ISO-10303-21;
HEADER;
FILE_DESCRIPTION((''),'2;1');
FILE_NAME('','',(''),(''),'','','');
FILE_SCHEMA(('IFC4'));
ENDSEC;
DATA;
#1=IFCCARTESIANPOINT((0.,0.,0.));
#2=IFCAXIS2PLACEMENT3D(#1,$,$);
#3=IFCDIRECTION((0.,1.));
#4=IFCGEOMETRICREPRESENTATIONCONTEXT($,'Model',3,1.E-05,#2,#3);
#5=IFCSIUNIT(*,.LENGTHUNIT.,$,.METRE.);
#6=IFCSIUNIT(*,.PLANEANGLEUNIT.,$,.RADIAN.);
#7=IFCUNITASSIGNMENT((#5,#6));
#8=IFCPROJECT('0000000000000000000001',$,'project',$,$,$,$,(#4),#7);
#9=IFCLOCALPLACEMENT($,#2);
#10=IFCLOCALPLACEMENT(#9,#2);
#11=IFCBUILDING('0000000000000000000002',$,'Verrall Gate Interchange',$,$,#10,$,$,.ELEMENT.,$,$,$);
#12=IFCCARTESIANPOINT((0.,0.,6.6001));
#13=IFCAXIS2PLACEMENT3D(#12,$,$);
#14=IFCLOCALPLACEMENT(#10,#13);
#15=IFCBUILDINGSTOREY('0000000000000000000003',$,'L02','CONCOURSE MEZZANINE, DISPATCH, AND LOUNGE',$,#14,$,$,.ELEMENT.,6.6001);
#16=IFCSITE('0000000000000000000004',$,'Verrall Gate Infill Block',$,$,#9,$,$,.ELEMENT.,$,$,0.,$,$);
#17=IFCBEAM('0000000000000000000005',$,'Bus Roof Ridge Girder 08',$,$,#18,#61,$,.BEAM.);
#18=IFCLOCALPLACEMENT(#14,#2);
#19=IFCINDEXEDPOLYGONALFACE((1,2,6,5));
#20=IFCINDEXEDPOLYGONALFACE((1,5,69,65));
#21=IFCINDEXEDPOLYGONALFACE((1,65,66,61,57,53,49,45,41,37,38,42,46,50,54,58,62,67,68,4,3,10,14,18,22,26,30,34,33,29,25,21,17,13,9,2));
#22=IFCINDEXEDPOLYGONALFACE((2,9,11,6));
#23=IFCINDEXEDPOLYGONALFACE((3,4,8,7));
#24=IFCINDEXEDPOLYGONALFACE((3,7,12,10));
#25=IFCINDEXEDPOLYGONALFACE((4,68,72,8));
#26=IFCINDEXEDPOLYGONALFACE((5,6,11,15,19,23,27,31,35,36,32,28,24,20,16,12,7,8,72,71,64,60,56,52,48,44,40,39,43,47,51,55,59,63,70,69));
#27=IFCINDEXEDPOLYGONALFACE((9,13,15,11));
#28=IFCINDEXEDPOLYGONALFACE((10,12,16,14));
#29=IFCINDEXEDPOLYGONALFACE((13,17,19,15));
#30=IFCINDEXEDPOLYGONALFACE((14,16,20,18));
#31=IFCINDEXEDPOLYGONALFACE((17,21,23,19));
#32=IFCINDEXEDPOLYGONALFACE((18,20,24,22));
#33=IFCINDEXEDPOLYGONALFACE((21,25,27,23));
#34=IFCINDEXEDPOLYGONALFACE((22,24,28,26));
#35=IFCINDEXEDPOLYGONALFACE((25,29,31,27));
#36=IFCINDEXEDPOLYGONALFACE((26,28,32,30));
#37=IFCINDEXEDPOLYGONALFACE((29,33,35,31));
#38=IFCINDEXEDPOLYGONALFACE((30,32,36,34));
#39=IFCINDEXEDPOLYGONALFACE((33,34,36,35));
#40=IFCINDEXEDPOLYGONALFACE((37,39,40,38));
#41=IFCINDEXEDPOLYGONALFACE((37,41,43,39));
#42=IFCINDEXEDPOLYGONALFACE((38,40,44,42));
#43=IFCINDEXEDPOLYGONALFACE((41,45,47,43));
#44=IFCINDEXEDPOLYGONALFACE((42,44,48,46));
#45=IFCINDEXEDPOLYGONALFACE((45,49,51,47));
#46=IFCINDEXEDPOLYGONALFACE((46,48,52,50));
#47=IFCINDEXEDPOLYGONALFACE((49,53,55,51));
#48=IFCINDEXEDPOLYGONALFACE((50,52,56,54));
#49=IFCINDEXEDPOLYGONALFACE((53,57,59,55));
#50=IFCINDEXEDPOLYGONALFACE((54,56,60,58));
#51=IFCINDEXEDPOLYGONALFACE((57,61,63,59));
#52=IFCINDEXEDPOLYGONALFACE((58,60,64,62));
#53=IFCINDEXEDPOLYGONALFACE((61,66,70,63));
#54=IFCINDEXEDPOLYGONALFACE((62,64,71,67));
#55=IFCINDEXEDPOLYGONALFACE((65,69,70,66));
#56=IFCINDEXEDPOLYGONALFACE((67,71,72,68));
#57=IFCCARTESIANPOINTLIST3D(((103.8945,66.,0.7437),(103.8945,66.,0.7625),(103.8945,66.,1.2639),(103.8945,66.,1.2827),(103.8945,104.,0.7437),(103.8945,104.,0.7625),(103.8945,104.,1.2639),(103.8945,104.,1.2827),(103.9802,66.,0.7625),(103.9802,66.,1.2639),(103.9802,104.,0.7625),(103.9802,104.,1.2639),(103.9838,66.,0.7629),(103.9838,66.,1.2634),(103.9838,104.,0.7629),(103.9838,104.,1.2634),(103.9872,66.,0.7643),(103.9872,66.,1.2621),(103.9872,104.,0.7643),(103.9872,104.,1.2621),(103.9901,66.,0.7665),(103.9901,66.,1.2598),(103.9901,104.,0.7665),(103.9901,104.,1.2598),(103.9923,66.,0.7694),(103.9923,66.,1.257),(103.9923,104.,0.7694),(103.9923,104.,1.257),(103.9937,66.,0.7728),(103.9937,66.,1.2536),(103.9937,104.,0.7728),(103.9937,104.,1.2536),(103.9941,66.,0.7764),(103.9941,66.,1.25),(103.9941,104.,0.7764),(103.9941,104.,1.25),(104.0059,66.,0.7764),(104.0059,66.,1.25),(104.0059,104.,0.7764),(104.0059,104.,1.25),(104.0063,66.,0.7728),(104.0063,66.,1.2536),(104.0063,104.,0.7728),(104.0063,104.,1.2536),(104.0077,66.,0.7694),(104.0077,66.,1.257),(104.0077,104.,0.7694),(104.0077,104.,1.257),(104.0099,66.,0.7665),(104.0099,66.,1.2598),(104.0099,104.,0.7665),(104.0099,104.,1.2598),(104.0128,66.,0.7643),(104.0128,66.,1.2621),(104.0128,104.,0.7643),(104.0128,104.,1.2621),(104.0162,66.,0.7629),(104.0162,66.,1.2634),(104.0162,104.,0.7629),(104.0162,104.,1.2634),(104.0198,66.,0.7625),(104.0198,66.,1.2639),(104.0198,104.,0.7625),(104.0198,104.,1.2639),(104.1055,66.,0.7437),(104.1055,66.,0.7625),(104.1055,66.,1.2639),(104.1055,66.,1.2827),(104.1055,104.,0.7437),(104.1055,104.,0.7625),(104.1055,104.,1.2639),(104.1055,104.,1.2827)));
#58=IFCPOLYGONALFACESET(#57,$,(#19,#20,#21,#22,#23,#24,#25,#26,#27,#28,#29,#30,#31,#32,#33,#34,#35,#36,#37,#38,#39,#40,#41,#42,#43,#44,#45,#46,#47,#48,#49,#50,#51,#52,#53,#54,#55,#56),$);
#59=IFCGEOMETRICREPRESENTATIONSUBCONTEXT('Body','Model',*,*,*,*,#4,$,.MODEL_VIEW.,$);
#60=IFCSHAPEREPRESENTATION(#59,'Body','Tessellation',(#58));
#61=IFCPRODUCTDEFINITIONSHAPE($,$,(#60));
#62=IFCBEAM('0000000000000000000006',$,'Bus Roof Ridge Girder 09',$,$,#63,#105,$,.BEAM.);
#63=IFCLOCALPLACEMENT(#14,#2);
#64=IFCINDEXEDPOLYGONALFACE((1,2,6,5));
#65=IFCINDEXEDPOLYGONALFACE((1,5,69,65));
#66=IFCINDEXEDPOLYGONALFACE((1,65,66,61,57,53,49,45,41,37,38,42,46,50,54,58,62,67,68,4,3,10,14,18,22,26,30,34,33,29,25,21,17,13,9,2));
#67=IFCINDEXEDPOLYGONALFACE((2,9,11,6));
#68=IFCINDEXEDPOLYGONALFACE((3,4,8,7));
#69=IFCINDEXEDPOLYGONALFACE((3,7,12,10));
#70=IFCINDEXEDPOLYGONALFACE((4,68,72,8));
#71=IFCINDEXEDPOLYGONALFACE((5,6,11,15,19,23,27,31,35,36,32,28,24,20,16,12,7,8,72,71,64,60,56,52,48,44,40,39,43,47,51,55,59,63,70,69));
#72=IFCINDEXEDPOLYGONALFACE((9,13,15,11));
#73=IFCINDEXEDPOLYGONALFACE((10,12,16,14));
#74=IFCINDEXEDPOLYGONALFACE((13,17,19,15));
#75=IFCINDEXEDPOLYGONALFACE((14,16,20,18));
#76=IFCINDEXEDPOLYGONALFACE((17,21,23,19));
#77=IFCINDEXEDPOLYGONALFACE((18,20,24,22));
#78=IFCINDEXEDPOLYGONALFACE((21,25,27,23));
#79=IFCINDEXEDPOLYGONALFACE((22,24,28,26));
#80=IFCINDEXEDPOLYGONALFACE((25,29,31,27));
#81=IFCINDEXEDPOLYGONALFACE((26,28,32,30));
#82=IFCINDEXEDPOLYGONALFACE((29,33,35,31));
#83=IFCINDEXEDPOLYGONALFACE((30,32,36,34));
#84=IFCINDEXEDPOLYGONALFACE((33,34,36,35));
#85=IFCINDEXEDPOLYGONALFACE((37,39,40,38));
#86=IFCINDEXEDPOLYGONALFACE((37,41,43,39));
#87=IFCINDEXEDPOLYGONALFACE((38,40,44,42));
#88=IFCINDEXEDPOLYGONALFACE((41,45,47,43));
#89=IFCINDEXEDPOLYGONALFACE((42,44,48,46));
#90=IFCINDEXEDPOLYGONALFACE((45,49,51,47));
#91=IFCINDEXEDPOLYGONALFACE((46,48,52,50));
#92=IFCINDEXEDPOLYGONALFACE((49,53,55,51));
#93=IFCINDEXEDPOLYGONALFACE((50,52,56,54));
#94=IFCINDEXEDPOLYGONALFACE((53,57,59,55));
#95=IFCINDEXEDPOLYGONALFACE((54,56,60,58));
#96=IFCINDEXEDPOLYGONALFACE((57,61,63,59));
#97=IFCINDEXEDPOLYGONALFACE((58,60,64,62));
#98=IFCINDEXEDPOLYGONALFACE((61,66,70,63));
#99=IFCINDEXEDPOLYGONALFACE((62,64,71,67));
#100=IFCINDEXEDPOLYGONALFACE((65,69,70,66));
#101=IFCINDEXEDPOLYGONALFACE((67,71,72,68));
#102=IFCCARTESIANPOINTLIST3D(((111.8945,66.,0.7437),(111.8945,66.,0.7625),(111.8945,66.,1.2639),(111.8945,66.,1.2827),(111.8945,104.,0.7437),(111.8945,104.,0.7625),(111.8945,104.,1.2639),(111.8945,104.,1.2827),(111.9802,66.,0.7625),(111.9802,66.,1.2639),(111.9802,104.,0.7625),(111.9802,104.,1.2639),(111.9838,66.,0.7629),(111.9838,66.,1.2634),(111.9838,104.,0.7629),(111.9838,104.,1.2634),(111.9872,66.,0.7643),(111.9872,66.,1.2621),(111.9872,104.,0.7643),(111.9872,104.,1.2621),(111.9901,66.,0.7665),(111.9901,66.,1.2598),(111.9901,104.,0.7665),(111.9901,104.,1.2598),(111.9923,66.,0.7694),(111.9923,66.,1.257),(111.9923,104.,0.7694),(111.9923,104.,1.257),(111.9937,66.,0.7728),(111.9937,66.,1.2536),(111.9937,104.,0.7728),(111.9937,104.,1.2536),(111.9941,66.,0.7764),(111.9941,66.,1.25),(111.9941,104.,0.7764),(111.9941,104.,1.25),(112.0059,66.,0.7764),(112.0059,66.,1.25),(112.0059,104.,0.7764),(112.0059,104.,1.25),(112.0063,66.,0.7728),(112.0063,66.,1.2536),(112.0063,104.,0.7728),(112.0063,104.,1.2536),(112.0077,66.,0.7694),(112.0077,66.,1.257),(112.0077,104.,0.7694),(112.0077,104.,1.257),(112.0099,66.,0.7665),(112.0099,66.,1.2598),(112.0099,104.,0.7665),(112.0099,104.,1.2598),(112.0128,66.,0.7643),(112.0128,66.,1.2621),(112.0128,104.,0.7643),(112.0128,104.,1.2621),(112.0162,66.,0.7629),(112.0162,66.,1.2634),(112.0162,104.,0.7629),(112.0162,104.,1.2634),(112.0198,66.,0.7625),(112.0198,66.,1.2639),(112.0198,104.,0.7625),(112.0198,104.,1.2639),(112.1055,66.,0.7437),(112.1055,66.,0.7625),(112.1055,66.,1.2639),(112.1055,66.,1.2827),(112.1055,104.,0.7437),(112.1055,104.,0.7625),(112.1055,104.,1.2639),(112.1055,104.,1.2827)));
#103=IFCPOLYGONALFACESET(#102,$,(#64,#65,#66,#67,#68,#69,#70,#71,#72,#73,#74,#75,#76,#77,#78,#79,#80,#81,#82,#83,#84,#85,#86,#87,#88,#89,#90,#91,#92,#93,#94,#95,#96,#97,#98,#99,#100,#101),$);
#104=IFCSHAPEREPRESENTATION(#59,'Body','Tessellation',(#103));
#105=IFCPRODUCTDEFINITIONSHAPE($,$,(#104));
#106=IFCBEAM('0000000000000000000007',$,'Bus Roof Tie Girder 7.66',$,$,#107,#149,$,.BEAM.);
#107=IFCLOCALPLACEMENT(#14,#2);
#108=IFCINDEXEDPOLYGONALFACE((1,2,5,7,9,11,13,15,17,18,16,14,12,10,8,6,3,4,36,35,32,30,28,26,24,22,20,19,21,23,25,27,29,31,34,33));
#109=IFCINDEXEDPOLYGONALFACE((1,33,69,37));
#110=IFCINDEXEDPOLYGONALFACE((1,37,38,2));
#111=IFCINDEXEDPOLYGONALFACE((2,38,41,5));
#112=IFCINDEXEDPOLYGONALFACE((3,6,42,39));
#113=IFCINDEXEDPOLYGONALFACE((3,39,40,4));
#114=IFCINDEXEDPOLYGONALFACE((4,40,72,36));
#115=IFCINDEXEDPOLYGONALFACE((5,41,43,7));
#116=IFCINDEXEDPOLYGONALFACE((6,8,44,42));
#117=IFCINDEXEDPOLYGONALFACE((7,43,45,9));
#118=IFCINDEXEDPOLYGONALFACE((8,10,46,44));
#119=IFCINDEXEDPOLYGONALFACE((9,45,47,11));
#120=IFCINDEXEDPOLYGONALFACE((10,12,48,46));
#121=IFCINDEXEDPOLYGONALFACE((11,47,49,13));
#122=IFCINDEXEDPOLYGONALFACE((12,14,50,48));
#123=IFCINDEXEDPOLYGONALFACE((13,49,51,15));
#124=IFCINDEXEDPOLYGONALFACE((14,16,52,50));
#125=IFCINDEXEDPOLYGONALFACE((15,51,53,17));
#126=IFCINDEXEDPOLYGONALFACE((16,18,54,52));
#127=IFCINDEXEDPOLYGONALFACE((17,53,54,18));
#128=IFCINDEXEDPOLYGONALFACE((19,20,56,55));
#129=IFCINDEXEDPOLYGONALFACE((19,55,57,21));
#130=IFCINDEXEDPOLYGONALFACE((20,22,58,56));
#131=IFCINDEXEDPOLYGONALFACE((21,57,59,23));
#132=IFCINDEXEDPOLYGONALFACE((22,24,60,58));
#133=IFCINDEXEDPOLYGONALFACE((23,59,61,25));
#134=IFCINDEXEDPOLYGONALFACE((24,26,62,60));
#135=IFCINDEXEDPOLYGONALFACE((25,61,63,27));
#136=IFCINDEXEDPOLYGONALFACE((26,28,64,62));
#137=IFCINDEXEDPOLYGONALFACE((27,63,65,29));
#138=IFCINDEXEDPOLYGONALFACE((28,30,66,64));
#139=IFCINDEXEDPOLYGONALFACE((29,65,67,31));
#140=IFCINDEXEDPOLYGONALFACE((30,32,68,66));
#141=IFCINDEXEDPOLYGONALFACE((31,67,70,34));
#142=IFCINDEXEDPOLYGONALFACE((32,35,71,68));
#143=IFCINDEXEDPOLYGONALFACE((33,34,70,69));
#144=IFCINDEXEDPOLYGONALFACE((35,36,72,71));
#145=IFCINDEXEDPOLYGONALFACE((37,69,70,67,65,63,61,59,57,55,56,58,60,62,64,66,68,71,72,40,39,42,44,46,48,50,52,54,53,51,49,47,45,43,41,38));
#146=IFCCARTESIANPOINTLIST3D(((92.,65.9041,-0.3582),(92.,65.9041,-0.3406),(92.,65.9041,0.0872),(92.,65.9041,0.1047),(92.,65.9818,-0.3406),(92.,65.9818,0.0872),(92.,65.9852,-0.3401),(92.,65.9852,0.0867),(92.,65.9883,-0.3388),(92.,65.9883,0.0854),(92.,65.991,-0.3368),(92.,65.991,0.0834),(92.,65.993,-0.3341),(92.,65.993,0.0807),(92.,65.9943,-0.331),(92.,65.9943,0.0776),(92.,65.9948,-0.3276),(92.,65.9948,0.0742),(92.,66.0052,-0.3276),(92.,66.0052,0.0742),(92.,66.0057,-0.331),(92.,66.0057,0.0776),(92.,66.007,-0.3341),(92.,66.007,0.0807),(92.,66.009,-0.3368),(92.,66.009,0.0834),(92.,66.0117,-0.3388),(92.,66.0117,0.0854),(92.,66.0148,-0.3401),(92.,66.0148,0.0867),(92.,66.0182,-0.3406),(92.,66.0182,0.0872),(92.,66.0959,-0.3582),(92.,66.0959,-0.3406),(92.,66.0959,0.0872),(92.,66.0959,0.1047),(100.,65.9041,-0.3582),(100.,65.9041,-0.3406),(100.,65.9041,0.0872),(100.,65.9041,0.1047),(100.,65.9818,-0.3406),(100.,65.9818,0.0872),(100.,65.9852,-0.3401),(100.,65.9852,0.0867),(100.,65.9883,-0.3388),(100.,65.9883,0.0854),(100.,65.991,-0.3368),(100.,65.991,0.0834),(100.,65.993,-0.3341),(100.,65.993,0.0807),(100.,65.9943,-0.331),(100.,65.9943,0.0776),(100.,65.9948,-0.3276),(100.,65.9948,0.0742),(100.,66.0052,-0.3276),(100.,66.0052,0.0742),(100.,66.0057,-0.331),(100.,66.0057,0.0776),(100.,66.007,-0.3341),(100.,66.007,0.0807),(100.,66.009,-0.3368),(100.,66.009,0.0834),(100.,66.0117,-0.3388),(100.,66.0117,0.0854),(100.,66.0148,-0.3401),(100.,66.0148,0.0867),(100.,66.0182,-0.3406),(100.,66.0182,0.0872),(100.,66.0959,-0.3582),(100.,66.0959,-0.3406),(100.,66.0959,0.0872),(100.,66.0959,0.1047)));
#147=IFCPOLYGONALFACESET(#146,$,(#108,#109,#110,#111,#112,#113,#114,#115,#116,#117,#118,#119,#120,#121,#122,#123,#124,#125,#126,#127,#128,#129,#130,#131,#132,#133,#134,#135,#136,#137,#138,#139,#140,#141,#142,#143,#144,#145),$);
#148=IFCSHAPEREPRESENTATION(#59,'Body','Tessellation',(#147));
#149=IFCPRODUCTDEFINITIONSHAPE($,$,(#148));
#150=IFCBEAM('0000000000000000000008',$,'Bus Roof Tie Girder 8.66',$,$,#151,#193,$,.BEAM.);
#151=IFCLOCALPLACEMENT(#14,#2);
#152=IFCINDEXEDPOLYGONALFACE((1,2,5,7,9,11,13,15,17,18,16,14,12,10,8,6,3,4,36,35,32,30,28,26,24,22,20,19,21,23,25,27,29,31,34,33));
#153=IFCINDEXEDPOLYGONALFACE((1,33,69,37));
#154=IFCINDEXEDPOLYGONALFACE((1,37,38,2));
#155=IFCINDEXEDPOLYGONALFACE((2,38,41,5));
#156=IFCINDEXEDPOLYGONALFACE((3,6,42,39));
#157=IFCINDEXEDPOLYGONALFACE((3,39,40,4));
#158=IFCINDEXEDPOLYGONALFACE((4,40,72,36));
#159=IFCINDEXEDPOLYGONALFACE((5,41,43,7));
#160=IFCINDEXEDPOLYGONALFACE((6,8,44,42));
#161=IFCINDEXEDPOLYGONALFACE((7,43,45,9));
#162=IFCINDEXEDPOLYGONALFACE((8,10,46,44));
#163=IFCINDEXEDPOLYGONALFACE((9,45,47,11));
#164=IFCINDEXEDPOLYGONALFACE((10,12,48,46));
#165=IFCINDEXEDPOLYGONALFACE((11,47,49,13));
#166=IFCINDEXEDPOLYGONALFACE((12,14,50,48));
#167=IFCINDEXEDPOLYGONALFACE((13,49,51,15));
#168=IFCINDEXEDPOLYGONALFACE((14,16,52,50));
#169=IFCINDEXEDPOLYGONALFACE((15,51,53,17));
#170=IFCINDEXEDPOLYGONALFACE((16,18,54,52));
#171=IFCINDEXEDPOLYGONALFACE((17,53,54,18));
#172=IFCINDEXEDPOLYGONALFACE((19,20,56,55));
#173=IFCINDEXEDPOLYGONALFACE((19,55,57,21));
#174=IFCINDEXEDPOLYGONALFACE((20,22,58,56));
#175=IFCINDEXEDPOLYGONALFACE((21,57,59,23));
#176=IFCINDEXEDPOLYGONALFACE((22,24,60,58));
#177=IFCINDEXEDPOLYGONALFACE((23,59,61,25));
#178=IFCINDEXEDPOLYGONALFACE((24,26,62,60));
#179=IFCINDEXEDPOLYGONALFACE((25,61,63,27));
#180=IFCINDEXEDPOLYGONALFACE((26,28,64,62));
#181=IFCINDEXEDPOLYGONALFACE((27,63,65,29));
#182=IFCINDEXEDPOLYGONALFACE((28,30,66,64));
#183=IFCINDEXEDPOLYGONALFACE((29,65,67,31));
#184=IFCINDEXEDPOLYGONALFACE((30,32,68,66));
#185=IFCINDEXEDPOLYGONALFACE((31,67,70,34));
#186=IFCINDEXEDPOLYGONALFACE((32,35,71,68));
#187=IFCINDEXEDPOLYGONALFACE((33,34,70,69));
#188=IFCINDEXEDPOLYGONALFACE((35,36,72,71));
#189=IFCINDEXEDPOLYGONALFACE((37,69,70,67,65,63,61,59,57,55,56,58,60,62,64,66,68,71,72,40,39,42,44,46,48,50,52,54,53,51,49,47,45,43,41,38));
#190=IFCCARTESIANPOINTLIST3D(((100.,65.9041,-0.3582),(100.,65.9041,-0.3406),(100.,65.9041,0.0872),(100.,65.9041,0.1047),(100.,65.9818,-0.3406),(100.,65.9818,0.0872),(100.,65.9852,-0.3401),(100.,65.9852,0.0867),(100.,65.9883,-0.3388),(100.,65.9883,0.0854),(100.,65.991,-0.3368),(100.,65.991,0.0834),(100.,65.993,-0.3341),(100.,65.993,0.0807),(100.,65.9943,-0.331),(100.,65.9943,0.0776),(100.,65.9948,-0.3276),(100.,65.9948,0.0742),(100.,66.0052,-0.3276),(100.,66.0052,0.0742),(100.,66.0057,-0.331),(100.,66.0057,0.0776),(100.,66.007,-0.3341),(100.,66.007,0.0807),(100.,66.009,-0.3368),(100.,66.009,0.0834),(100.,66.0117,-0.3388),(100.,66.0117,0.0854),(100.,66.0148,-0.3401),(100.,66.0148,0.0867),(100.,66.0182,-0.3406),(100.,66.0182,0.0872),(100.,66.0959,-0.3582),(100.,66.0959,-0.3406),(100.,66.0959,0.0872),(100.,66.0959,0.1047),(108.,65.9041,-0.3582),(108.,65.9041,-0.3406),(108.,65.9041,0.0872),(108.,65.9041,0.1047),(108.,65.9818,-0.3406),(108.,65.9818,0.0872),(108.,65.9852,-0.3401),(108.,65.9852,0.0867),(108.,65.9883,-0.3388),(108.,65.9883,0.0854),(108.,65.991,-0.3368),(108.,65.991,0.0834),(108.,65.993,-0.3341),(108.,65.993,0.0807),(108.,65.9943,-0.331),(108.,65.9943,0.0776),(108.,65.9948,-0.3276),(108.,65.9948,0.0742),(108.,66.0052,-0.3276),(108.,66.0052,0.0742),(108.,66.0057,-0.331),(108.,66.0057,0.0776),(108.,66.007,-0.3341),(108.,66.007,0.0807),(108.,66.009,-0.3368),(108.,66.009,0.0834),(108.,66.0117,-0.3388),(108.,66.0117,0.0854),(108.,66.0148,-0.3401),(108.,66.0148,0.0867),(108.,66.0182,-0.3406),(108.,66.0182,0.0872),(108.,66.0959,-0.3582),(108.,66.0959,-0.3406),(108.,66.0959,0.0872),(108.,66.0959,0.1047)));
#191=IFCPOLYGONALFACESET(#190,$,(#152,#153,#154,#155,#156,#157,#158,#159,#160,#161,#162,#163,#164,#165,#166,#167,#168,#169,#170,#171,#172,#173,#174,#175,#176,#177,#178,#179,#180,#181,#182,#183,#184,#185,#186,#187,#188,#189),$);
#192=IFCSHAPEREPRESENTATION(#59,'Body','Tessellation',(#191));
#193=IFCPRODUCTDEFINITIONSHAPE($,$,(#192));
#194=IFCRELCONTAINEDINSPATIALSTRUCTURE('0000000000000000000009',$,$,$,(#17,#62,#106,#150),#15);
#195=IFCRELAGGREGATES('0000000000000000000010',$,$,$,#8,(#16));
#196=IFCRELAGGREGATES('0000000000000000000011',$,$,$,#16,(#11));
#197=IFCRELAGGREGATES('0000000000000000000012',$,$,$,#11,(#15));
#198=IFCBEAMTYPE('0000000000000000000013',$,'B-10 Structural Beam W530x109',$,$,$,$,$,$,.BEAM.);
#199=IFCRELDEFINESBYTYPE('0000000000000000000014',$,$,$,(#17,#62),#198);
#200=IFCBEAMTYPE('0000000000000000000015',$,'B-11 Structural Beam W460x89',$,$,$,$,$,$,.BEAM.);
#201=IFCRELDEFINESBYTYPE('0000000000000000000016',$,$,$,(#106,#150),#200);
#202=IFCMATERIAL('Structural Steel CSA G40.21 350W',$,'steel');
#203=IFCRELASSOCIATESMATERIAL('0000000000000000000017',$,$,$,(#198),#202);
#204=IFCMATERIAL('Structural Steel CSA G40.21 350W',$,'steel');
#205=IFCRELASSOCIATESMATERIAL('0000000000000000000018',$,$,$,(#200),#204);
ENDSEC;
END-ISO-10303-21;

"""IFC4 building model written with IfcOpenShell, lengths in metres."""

from ifc_helpers import new_model, si_unit, direction, frame, origin, origin_2d, place, context, subcontext, project, spatial, i_section, extrude, material, material_profile, profile_set, type_object, element, save


model = new_model("IFC4")

# Units and contexts
model_context = context("Model", 3, precision=1e-05, world=origin(), true_north=direction((0.0, 1.0)))
body_context = subcontext(model_context, "Body", "Model", "MODEL_VIEW")
ifc_project = project(units=[si_unit("LENGTHUNIT", "METRE"), si_unit("PLANEANGLEUNIT", "RADIAN")], contexts=[model_context])

# Site, building, storey
site_placement = place(None, origin())
site = spatial("IfcSite", under=ifc_project, at=site_placement, Name="Verrall Gate Infill Block", CompositionType="ELEMENT", RefElevation=0.0)
building_placement = place(site_placement, origin())
building = spatial("IfcBuilding", under=site, at=building_placement, Name="Verrall Gate Interchange", CompositionType="ELEMENT")
storey_placement = place(building_placement, frame((0.0, 0.0, 6.6001)))
storey = spatial("IfcBuildingStorey", under=building, at=storey_placement, Name="L02", Description="CONCOURSE MEZZANINE, DISPATCH, AND LOUNGE", CompositionType="ELEMENT", Elevation=6.6001)

# Beams
ifc_material_1 = material(Name="Structural Steel CSA G40.21 350W", Category="steel")
ifc_material_profile_1 = material_profile(ifc_material_1, i_section(OverallWidth=0.2109, OverallDepth=0.5391, WebThickness=0.0117, FlangeThickness=0.0188, FilletRadius=0.0139, at=origin_2d()), Name="W530x109")
ifc_profile_set_1 = profile_set([ifc_material_profile_1], Name="Structural Steel CSA G40.21 350W")
beam_type_1 = type_object("IfcBeamType", Name="B-10 Structural Beam W530x109", PredefinedType="BEAM", material=ifc_profile_set_1)
for number, where, z_axis, x_axis, name in (
    (1, (104.0, 66.0, 1.0132), (0.0, 1.0, 0.0), (-1.0, 0.0, 0.0), "Bus Roof Ridge Girder 08"),
    (2, (112.0, 66.0, 1.0132), (0.0, 1.0, 0.0), (-1.0, 0.0, 0.0), "Bus Roof Ridge Girder 09"),
):
    element("IfcBeam", number, at=place(storey_placement, frame(where, z_axis=z_axis, x_axis=x_axis)), inside=storey, type_object=beam_type_1, Name=name, PredefinedType="BEAM", context=body_context, shape_type="SweptSolid", body=[
        extrude(i_section(OverallWidth=0.2109, OverallDepth=0.5391, WebThickness=0.0117, FlangeThickness=0.0188, FilletRadius=0.0139, at=origin_2d()), origin(), (0.0, 0.0, 1.0), 38.0),
    ])
ifc_material_2 = material(Name="Structural Steel CSA G40.21 350W", Category="steel")
ifc_material_profile_2 = material_profile(ifc_material_2, i_section(OverallWidth=0.1919, OverallDepth=0.4629, WebThickness=0.0105, FlangeThickness=0.0176, FilletRadius=0.0129, at=origin_2d()), Name="W460x89")
ifc_profile_set_2 = profile_set([ifc_material_profile_2], Name="Structural Steel CSA G40.21 350W")
beam_type_2 = type_object("IfcBeamType", Name="B-11 Structural Beam W460x89", PredefinedType="BEAM", material=ifc_profile_set_2)
for number, where, z_axis, x_axis, name in (
    (3, (92.0, 66.0, -0.1267), (1.0, 0.0, 0.0), (0.0, 1.0, 0.0), "Bus Roof Tie Girder 7.66"),
    (4, (100.0, 66.0, -0.1267), (1.0, 0.0, 0.0), (0.0, 1.0, 0.0), "Bus Roof Tie Girder 8.66"),
):
    element("IfcBeam", number, at=place(storey_placement, frame(where, z_axis=z_axis, x_axis=x_axis)), inside=storey, type_object=beam_type_2, Name=name, PredefinedType="BEAM", context=body_context, shape_type="SweptSolid", body=[
        extrude(i_section(OverallWidth=0.1919, OverallDepth=0.4629, WebThickness=0.0105, FlangeThickness=0.0176, FilletRadius=0.0129, at=origin_2d()), origin(), (0.0, 0.0, 1.0), 8.0),
    ])

save(model, "model.ifc")
